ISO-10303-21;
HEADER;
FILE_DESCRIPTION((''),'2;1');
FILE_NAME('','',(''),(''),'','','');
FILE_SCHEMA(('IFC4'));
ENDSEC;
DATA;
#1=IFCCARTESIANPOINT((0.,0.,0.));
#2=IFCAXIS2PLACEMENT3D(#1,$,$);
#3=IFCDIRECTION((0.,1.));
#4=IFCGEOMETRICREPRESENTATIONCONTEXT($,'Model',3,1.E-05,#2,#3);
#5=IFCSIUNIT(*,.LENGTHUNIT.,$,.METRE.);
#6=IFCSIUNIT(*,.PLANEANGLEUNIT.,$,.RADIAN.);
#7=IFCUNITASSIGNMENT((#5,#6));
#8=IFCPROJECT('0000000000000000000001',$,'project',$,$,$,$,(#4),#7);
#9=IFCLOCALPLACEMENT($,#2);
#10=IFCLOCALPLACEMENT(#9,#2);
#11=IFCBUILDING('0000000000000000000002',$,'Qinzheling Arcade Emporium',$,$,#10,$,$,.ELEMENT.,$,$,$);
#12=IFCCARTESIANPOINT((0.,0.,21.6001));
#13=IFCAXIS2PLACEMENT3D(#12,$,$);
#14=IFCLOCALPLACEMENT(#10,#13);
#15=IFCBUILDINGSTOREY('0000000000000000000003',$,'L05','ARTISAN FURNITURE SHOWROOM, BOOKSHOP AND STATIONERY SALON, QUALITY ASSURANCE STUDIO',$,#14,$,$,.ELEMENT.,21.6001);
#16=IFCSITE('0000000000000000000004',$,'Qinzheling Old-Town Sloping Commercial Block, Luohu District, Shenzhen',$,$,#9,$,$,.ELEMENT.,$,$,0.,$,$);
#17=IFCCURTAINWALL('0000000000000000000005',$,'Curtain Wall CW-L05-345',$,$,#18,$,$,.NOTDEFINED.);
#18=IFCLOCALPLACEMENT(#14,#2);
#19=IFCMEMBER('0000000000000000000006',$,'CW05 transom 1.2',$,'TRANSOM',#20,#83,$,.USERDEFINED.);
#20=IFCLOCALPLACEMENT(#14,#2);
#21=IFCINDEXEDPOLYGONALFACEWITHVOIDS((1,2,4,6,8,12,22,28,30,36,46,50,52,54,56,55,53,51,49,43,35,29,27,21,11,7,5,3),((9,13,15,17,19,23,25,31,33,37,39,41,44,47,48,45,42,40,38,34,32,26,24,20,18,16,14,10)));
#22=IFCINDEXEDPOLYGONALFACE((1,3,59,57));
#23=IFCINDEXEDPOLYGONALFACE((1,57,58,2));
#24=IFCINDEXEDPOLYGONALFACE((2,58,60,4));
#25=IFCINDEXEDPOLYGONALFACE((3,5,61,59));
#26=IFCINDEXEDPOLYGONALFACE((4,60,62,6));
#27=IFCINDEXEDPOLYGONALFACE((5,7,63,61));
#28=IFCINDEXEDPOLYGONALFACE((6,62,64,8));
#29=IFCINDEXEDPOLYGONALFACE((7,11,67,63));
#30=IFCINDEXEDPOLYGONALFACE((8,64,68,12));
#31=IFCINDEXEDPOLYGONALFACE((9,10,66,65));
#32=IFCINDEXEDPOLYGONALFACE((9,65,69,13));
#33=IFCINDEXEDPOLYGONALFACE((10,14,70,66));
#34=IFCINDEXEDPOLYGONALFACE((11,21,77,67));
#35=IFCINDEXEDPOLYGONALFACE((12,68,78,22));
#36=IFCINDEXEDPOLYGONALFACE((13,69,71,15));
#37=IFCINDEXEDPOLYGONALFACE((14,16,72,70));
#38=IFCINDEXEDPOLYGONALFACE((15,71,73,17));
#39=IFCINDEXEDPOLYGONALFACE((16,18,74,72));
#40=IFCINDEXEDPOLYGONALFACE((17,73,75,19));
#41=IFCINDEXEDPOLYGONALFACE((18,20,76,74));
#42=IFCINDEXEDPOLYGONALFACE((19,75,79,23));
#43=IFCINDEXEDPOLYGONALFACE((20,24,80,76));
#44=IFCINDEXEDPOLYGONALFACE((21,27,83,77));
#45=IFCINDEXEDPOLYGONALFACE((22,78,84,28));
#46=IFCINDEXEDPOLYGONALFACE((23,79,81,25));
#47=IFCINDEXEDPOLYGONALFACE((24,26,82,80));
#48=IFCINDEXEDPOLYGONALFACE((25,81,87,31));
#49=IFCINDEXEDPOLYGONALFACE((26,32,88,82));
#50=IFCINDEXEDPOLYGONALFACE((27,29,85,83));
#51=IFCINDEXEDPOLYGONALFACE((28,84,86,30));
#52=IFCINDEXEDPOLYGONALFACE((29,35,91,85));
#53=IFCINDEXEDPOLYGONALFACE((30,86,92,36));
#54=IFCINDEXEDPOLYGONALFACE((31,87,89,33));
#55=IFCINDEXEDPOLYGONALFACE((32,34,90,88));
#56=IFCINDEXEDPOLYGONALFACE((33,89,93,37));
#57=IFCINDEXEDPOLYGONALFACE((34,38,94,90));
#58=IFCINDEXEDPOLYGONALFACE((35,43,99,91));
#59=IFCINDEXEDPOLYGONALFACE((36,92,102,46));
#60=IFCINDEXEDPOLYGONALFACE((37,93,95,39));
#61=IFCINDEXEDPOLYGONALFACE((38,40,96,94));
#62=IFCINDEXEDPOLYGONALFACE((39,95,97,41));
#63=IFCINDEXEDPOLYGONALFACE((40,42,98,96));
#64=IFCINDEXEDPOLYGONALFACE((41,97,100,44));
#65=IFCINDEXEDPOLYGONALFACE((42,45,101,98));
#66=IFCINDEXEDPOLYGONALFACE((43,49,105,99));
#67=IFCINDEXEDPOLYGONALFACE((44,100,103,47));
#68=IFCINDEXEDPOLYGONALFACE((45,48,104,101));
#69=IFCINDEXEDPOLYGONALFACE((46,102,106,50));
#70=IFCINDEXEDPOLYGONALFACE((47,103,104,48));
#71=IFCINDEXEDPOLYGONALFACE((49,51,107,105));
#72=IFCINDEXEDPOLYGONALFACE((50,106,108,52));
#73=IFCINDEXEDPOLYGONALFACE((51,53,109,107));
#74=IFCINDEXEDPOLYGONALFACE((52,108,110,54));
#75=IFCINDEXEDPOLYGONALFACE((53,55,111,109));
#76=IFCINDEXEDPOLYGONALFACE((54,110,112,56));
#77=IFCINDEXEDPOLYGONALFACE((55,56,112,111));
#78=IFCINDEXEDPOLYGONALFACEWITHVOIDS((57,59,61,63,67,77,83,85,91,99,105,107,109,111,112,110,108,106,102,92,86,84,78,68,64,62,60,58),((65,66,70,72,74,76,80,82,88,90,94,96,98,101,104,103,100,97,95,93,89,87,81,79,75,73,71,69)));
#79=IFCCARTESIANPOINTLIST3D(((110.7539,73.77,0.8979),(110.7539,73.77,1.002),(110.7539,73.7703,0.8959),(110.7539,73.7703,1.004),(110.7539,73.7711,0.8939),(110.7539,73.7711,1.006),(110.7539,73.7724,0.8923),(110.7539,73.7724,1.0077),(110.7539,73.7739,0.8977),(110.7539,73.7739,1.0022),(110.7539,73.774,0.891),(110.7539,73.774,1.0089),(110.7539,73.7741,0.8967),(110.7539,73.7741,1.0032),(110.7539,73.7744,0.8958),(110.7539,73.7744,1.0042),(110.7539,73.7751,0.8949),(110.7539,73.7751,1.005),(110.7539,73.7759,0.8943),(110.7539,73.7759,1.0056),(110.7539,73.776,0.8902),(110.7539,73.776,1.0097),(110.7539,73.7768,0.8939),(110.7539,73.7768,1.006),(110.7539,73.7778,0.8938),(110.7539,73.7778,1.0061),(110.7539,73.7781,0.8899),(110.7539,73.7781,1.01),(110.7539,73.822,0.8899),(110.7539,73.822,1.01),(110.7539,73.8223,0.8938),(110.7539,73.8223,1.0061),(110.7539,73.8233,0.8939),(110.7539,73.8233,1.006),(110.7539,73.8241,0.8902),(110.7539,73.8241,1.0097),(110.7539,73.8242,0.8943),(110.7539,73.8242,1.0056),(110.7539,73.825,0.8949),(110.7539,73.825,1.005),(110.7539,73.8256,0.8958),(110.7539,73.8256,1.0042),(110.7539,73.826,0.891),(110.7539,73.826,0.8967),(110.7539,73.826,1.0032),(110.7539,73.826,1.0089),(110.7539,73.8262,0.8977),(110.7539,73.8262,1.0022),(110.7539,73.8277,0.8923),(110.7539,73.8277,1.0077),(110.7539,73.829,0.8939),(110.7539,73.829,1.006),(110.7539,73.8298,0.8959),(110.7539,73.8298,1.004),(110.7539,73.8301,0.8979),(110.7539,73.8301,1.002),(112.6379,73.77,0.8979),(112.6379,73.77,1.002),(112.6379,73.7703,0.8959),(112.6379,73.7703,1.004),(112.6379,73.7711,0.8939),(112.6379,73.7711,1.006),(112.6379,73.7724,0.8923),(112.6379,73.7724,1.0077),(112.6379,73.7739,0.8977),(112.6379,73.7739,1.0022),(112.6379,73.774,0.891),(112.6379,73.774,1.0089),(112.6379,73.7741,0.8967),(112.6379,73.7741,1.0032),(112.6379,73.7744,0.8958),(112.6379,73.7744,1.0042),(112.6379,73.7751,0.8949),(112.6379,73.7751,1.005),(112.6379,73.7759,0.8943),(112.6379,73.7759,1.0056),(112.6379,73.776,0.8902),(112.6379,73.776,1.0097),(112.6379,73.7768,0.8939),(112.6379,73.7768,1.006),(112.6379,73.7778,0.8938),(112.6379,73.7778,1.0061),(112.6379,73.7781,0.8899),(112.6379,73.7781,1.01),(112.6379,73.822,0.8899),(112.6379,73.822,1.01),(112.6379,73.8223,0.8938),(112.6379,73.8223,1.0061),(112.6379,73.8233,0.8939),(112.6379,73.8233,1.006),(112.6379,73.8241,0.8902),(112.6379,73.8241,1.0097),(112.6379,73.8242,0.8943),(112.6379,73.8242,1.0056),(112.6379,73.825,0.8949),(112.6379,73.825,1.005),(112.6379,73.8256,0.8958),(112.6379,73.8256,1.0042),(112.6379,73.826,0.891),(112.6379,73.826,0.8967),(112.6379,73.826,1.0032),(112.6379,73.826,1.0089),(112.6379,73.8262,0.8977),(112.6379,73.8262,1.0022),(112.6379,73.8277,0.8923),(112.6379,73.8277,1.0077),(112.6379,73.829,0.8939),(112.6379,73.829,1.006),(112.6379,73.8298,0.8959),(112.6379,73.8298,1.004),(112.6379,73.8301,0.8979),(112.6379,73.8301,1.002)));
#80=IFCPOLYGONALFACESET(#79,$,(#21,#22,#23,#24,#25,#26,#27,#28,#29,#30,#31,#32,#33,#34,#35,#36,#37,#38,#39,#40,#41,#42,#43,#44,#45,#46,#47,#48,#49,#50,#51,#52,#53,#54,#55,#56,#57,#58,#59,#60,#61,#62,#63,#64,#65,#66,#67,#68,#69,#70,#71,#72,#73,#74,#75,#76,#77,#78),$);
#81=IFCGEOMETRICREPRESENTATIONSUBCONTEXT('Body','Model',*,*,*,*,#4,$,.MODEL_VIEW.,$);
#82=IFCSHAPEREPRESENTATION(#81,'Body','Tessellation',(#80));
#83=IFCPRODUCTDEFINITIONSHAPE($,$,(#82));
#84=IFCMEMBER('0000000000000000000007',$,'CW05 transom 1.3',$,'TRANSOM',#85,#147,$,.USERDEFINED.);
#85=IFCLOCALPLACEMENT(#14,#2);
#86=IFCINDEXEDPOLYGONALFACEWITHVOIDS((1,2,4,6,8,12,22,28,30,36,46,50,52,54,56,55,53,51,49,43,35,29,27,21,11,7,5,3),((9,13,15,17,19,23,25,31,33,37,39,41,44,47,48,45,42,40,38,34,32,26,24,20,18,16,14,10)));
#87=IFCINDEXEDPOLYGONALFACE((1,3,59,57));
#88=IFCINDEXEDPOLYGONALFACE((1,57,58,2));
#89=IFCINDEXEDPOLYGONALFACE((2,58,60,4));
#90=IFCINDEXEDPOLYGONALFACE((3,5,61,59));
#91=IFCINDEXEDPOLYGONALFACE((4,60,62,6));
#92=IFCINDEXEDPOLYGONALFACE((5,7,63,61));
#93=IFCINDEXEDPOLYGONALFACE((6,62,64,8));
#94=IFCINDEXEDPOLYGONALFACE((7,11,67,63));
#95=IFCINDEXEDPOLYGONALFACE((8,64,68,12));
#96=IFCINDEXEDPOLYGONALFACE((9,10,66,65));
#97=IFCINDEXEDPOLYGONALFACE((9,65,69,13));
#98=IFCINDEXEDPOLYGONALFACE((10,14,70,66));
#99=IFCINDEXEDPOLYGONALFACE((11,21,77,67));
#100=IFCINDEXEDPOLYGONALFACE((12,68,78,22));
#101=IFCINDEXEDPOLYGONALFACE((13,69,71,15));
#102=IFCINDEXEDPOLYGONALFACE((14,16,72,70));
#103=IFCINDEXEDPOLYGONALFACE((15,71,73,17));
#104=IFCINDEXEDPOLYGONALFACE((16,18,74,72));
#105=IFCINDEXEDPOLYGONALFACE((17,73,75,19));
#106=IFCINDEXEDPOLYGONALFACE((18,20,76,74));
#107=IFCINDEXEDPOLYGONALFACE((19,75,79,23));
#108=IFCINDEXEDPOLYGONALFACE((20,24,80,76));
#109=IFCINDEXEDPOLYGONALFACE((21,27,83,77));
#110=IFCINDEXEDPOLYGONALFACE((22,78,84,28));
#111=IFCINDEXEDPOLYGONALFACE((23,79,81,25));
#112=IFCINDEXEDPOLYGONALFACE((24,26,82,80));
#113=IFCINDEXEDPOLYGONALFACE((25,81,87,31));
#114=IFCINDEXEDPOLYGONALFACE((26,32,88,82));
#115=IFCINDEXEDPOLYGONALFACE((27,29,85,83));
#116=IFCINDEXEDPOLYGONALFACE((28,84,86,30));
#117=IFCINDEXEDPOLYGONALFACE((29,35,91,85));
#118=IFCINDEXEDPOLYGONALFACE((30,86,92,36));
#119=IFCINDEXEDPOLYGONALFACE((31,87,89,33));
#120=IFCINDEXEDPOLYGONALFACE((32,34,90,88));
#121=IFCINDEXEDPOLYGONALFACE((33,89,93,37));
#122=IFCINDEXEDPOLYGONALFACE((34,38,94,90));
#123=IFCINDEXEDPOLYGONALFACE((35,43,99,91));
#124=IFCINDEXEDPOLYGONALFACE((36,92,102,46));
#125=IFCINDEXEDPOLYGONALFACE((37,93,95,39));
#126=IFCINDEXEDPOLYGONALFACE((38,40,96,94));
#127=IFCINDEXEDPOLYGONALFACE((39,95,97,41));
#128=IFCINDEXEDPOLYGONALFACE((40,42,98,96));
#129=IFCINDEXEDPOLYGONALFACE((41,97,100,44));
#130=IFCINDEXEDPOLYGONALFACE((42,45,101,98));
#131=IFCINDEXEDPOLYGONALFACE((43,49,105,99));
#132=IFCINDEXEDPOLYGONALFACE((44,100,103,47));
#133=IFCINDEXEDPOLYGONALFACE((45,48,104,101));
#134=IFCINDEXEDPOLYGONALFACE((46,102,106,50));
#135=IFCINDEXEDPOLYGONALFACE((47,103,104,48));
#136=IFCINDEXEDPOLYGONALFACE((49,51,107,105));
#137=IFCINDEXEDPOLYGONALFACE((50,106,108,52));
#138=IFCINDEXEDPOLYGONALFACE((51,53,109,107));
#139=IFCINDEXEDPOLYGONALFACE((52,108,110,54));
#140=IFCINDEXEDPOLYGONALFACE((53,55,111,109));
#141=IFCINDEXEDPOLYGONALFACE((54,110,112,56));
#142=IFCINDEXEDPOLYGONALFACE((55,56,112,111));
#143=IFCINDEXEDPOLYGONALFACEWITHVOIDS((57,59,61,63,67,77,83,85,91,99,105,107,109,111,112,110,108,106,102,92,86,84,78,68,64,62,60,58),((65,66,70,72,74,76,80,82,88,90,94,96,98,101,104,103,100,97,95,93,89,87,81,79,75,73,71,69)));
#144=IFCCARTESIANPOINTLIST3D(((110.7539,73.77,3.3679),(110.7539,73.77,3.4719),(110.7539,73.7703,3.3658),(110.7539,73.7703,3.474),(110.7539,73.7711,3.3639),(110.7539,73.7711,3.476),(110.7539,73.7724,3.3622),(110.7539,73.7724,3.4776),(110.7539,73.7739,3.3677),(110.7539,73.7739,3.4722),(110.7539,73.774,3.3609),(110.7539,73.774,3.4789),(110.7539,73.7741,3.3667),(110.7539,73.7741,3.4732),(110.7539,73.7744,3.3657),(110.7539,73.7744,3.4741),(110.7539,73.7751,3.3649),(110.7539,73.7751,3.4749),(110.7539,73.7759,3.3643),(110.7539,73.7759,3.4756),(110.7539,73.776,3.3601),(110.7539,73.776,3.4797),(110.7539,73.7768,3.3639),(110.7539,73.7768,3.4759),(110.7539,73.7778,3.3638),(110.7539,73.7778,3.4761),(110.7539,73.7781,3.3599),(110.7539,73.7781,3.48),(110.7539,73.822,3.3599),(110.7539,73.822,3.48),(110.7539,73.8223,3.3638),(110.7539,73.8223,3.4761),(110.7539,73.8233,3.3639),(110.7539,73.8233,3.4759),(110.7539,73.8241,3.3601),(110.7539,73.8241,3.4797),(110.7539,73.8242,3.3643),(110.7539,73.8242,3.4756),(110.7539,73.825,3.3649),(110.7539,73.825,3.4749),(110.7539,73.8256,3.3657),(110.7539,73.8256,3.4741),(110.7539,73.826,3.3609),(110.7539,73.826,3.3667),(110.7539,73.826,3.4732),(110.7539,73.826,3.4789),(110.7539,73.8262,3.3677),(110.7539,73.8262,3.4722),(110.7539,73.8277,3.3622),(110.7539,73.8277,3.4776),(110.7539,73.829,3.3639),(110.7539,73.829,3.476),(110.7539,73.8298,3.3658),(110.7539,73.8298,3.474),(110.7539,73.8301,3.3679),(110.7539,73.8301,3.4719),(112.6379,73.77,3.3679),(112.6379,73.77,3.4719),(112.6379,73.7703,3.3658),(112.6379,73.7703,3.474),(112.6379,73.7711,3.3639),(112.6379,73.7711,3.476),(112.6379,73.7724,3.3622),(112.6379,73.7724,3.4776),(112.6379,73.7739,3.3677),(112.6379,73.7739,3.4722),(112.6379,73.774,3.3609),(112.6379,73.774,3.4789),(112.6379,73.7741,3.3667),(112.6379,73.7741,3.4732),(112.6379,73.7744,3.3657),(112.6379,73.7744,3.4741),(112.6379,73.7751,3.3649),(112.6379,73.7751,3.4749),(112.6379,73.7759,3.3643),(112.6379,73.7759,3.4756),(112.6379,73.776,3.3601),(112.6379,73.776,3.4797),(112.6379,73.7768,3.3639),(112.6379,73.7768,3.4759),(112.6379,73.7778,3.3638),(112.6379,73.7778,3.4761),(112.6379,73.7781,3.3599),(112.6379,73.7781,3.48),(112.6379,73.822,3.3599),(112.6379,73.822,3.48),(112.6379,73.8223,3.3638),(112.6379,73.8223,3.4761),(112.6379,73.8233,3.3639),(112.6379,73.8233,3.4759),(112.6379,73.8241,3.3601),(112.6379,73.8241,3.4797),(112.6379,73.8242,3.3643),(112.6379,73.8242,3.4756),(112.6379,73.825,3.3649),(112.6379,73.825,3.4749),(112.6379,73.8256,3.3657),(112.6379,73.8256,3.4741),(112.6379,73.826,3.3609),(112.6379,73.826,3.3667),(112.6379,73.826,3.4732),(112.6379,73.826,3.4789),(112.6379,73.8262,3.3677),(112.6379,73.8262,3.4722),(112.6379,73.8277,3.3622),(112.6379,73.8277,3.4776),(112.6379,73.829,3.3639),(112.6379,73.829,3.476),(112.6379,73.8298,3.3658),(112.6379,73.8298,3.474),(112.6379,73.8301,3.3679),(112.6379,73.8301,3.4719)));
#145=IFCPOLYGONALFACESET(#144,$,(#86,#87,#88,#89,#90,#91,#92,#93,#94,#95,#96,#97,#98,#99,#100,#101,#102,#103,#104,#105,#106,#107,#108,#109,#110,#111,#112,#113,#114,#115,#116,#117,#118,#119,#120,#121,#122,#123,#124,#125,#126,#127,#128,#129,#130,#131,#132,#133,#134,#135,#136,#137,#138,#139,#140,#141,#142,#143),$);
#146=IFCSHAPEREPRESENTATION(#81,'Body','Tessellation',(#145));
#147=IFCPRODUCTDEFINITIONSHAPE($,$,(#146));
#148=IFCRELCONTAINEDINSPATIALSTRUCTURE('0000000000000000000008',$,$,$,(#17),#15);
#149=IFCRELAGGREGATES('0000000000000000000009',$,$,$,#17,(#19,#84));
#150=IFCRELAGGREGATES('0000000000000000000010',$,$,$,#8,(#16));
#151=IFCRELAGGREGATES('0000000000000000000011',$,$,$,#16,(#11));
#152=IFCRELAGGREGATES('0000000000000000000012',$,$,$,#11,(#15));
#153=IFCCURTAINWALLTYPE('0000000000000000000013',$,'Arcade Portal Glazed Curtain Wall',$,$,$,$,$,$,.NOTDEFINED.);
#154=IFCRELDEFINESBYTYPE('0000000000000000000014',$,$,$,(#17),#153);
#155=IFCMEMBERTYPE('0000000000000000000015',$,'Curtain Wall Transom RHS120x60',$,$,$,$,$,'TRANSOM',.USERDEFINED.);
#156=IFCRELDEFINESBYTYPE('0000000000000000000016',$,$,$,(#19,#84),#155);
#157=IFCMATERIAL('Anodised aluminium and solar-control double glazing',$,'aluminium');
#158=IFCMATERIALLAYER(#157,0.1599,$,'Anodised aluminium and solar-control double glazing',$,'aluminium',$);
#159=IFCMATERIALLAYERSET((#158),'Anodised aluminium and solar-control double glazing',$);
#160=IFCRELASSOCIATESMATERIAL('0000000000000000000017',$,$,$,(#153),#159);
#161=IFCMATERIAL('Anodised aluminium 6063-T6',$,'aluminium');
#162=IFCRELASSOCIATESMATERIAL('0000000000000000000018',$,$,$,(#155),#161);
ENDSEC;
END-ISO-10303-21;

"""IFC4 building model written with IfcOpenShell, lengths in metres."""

from ifc_helpers import new_model, si_unit, direction, frame, origin, origin_2d, place, context, subcontext, project, spatial, hollow_rectangle, extrude, material, layer, layer_set, material_profile, profile_set, type_object, element, aggregate, save


model = new_model("IFC4")

# Units and contexts
model_context = context("Model", 3, precision=1e-05, world=origin(), true_north=direction((0.0, 1.0)))
body_context = subcontext(model_context, "Body", "Model", "MODEL_VIEW")
ifc_project = project(units=[si_unit("LENGTHUNIT", "METRE"), si_unit("PLANEANGLEUNIT", "RADIAN")], contexts=[model_context])

# Site, building, storey
site_placement = place(None, origin())
site = spatial("IfcSite", under=ifc_project, at=site_placement, Name="Qinzheling Old-Town Sloping Commercial Block, Luohu District, Shenzhen", CompositionType="ELEMENT", RefElevation=0.0)
building_placement = place(site_placement, origin())
building = spatial("IfcBuilding", under=site, at=building_placement, Name="Qinzheling Arcade Emporium", CompositionType="ELEMENT")
storey_placement = place(building_placement, frame((0.0, 0.0, 21.6001)))
storey = spatial("IfcBuildingStorey", under=building, at=storey_placement, Name="L05", Description="ARTISAN FURNITURE SHOWROOM, BOOKSHOP AND STATIONERY SALON, QUALITY ASSURANCE STUDIO", CompositionType="ELEMENT", Elevation=21.6001)

# Curtain wall, members
ifc_material_1 = material(Name="Anodised aluminium and solar-control double glazing", Category="aluminium")
ifc_layer_1 = layer(ifc_material_1, 0.1599, Name="Anodised aluminium and solar-control double glazing", Category="aluminium")
ifc_layer_set_1 = layer_set([ifc_layer_1], Name="Anodised aluminium and solar-control double glazing")
curtain_wall_type = type_object("IfcCurtainWallType", Name="Arcade Portal Glazed Curtain Wall", PredefinedType="NOTDEFINED", material=ifc_layer_set_1)
curtain_wall_placement = place(storey_placement, origin())
curtain_wall = element("IfcCurtainWall", 1, at=curtain_wall_placement, inside=storey, type_object=curtain_wall_type, Name="Curtain Wall CW-L05-345", PredefinedType="NOTDEFINED")
ifc_material_2 = material(Name="Anodised aluminium 6063-T6", Category="aluminium")
ifc_material_profile_1 = material_profile(ifc_material_2, hollow_rectangle(XDim=0.0601, YDim=0.1201, WallThickness=0.0039, InnerFilletRadius=0.0039, OuterFilletRadius=0.0081, at=origin_2d()), Name="RHS 120x60x4", Category="aluminium")
ifc_profile_set_1 = profile_set([ifc_material_profile_1], Name="Anodised aluminium 6063-T6")
member_type_1 = type_object("IfcMemberType", Name="Curtain Wall Transom RHS120x60", ElementType="TRANSOM", PredefinedType="USERDEFINED", material=ifc_profile_set_1)
member_1_placement = place(storey_placement, frame((112.6379, 73.8, 0.95), z_axis=(-1.0, 0.0, 0.0), x_axis=(0.0, -1.0, 0.0)))
member_1 = element("IfcMember", 2, at=member_1_placement, type_object=member_type_1, Name="CW05 transom 1.2", ObjectType="TRANSOM", PredefinedType="USERDEFINED", context=body_context, shape_type="SweptSolid", body=[
    extrude(hollow_rectangle(XDim=0.0601, YDim=0.1201, WallThickness=0.0039, InnerFilletRadius=0.0039, OuterFilletRadius=0.0081, at=origin_2d()), origin(), (0.0, 0.0, 1.0), 1.884),
])
member_2_placement = place(storey_placement, frame((112.6379, 73.8, 3.4199), z_axis=(-1.0, 0.0, 0.0), x_axis=(0.0, -1.0, 0.0)))
member_2 = element("IfcMember", 3, at=member_2_placement, type_object=member_type_1, Name="CW05 transom 1.3", ObjectType="TRANSOM", PredefinedType="USERDEFINED", context=body_context, shape_type="SweptSolid", body=[
    extrude(hollow_rectangle(XDim=0.0601, YDim=0.1201, WallThickness=0.0039, InnerFilletRadius=0.0039, OuterFilletRadius=0.0081, at=origin_2d()), origin(), (0.0, 0.0, 1.0), 1.884),
])

aggregate(curtain_wall, [member_1, member_2])

save(model, "model.ifc")
